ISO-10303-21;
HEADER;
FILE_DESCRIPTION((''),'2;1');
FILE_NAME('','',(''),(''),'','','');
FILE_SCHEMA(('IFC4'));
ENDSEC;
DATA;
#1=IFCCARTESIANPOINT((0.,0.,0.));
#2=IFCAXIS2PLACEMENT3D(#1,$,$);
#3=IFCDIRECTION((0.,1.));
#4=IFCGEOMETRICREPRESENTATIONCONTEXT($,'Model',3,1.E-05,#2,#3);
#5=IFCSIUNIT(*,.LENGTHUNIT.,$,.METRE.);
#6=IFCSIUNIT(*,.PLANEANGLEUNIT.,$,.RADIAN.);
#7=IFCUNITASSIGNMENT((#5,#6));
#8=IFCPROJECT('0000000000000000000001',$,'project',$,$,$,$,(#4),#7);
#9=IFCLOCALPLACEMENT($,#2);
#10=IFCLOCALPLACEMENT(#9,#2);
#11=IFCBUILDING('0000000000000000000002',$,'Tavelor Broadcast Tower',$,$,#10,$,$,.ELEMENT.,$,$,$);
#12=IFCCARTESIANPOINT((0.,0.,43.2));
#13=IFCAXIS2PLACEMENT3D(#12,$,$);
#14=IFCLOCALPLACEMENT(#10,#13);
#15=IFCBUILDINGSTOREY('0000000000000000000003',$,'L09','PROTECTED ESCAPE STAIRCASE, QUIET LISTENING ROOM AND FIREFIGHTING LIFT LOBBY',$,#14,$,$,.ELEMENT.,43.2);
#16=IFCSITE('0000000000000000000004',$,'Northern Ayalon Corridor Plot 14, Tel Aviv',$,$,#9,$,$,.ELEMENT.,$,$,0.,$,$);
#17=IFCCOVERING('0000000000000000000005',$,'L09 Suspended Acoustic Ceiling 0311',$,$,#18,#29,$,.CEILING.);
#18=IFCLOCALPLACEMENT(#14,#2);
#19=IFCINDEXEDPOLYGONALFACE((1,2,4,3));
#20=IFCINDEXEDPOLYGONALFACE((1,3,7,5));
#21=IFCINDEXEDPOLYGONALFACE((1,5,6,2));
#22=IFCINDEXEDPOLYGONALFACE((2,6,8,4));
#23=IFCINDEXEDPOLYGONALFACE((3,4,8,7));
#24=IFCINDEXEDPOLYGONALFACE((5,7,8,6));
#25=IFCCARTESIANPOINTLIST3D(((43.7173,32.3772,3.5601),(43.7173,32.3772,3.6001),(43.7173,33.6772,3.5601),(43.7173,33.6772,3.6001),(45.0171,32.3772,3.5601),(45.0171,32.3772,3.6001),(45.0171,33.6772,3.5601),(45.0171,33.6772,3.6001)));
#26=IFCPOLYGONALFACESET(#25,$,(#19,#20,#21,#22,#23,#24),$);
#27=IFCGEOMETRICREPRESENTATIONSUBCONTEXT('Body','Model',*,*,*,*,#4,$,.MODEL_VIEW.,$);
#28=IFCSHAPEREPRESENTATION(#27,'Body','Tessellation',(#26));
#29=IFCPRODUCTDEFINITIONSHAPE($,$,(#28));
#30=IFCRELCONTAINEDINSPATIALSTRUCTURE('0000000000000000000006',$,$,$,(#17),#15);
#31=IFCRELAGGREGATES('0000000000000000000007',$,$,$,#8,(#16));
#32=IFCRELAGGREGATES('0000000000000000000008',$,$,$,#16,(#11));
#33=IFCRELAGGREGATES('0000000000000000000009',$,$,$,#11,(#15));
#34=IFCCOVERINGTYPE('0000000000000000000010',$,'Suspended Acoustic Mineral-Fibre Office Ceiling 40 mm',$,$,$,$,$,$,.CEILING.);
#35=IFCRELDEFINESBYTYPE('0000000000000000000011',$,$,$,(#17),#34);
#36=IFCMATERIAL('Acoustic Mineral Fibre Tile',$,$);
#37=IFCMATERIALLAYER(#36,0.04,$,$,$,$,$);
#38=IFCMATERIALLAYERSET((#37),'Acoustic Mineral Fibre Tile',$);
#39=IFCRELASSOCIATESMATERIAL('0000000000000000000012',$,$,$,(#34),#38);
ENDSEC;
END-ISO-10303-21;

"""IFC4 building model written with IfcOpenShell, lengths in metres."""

from ifc_helpers import new_model, si_unit, direction, frame, origin, place, context, subcontext, project, spatial, polyline, outline, extrude, material, layer, layer_set, type_object, element, save


model = new_model("IFC4")

# Units and contexts
model_context = context("Model", 3, precision=1e-05, world=origin(), true_north=direction((0.0, 1.0)))
body_context = subcontext(model_context, "Body", "Model", "MODEL_VIEW")
ifc_project = project(units=[si_unit("LENGTHUNIT", "METRE"), si_unit("PLANEANGLEUNIT", "RADIAN")], contexts=[model_context])

# Site, building, storey
site_placement = place(None, origin())
site = spatial("IfcSite", under=ifc_project, at=site_placement, Name="Northern Ayalon Corridor Plot 14, Tel Aviv", CompositionType="ELEMENT", RefElevation=0.0)
building_placement = place(site_placement, origin())
building = spatial("IfcBuilding", under=site, at=building_placement, Name="Tavelor Broadcast Tower", CompositionType="ELEMENT")
storey_placement = place(building_placement, frame((0.0, 0.0, 43.2)))
storey = spatial("IfcBuildingStorey", under=building, at=storey_placement, Name="L09", Description="PROTECTED ESCAPE STAIRCASE, QUIET LISTENING ROOM AND FIREFIGHTING LIFT LOBBY", CompositionType="ELEMENT", Elevation=43.2)

# Covering
ifc_material_1 = material(Name="Acoustic Mineral Fibre Tile")
ifc_layer_1 = layer(ifc_material_1, 0.04)
ifc_layer_set_1 = layer_set([ifc_layer_1], Name="Acoustic Mineral Fibre Tile")
covering_type_1 = type_object("IfcCoveringType", Name="Suspended Acoustic Mineral-Fibre Office Ceiling 40 mm", PredefinedType="CEILING", material=ifc_layer_set_1)
covering_1_placement = place(storey_placement, frame((0.0, 0.0, 3.5601)))
element("IfcCovering", 1, at=covering_1_placement, inside=storey, type_object=covering_type_1, Name="L09 Suspended Acoustic Ceiling 0311", PredefinedType="CEILING", context=body_context, shape_type="SweptSolid", body=[
    extrude(outline(polyline([(43.7173, 32.3772), (45.0171, 32.3772), (45.0171, 33.6772), (43.7173, 33.6772), (43.7173, 32.3772)])), origin(), (0.0, 0.0, 1.0), 0.04),
])

save(model, "model.ifc")
